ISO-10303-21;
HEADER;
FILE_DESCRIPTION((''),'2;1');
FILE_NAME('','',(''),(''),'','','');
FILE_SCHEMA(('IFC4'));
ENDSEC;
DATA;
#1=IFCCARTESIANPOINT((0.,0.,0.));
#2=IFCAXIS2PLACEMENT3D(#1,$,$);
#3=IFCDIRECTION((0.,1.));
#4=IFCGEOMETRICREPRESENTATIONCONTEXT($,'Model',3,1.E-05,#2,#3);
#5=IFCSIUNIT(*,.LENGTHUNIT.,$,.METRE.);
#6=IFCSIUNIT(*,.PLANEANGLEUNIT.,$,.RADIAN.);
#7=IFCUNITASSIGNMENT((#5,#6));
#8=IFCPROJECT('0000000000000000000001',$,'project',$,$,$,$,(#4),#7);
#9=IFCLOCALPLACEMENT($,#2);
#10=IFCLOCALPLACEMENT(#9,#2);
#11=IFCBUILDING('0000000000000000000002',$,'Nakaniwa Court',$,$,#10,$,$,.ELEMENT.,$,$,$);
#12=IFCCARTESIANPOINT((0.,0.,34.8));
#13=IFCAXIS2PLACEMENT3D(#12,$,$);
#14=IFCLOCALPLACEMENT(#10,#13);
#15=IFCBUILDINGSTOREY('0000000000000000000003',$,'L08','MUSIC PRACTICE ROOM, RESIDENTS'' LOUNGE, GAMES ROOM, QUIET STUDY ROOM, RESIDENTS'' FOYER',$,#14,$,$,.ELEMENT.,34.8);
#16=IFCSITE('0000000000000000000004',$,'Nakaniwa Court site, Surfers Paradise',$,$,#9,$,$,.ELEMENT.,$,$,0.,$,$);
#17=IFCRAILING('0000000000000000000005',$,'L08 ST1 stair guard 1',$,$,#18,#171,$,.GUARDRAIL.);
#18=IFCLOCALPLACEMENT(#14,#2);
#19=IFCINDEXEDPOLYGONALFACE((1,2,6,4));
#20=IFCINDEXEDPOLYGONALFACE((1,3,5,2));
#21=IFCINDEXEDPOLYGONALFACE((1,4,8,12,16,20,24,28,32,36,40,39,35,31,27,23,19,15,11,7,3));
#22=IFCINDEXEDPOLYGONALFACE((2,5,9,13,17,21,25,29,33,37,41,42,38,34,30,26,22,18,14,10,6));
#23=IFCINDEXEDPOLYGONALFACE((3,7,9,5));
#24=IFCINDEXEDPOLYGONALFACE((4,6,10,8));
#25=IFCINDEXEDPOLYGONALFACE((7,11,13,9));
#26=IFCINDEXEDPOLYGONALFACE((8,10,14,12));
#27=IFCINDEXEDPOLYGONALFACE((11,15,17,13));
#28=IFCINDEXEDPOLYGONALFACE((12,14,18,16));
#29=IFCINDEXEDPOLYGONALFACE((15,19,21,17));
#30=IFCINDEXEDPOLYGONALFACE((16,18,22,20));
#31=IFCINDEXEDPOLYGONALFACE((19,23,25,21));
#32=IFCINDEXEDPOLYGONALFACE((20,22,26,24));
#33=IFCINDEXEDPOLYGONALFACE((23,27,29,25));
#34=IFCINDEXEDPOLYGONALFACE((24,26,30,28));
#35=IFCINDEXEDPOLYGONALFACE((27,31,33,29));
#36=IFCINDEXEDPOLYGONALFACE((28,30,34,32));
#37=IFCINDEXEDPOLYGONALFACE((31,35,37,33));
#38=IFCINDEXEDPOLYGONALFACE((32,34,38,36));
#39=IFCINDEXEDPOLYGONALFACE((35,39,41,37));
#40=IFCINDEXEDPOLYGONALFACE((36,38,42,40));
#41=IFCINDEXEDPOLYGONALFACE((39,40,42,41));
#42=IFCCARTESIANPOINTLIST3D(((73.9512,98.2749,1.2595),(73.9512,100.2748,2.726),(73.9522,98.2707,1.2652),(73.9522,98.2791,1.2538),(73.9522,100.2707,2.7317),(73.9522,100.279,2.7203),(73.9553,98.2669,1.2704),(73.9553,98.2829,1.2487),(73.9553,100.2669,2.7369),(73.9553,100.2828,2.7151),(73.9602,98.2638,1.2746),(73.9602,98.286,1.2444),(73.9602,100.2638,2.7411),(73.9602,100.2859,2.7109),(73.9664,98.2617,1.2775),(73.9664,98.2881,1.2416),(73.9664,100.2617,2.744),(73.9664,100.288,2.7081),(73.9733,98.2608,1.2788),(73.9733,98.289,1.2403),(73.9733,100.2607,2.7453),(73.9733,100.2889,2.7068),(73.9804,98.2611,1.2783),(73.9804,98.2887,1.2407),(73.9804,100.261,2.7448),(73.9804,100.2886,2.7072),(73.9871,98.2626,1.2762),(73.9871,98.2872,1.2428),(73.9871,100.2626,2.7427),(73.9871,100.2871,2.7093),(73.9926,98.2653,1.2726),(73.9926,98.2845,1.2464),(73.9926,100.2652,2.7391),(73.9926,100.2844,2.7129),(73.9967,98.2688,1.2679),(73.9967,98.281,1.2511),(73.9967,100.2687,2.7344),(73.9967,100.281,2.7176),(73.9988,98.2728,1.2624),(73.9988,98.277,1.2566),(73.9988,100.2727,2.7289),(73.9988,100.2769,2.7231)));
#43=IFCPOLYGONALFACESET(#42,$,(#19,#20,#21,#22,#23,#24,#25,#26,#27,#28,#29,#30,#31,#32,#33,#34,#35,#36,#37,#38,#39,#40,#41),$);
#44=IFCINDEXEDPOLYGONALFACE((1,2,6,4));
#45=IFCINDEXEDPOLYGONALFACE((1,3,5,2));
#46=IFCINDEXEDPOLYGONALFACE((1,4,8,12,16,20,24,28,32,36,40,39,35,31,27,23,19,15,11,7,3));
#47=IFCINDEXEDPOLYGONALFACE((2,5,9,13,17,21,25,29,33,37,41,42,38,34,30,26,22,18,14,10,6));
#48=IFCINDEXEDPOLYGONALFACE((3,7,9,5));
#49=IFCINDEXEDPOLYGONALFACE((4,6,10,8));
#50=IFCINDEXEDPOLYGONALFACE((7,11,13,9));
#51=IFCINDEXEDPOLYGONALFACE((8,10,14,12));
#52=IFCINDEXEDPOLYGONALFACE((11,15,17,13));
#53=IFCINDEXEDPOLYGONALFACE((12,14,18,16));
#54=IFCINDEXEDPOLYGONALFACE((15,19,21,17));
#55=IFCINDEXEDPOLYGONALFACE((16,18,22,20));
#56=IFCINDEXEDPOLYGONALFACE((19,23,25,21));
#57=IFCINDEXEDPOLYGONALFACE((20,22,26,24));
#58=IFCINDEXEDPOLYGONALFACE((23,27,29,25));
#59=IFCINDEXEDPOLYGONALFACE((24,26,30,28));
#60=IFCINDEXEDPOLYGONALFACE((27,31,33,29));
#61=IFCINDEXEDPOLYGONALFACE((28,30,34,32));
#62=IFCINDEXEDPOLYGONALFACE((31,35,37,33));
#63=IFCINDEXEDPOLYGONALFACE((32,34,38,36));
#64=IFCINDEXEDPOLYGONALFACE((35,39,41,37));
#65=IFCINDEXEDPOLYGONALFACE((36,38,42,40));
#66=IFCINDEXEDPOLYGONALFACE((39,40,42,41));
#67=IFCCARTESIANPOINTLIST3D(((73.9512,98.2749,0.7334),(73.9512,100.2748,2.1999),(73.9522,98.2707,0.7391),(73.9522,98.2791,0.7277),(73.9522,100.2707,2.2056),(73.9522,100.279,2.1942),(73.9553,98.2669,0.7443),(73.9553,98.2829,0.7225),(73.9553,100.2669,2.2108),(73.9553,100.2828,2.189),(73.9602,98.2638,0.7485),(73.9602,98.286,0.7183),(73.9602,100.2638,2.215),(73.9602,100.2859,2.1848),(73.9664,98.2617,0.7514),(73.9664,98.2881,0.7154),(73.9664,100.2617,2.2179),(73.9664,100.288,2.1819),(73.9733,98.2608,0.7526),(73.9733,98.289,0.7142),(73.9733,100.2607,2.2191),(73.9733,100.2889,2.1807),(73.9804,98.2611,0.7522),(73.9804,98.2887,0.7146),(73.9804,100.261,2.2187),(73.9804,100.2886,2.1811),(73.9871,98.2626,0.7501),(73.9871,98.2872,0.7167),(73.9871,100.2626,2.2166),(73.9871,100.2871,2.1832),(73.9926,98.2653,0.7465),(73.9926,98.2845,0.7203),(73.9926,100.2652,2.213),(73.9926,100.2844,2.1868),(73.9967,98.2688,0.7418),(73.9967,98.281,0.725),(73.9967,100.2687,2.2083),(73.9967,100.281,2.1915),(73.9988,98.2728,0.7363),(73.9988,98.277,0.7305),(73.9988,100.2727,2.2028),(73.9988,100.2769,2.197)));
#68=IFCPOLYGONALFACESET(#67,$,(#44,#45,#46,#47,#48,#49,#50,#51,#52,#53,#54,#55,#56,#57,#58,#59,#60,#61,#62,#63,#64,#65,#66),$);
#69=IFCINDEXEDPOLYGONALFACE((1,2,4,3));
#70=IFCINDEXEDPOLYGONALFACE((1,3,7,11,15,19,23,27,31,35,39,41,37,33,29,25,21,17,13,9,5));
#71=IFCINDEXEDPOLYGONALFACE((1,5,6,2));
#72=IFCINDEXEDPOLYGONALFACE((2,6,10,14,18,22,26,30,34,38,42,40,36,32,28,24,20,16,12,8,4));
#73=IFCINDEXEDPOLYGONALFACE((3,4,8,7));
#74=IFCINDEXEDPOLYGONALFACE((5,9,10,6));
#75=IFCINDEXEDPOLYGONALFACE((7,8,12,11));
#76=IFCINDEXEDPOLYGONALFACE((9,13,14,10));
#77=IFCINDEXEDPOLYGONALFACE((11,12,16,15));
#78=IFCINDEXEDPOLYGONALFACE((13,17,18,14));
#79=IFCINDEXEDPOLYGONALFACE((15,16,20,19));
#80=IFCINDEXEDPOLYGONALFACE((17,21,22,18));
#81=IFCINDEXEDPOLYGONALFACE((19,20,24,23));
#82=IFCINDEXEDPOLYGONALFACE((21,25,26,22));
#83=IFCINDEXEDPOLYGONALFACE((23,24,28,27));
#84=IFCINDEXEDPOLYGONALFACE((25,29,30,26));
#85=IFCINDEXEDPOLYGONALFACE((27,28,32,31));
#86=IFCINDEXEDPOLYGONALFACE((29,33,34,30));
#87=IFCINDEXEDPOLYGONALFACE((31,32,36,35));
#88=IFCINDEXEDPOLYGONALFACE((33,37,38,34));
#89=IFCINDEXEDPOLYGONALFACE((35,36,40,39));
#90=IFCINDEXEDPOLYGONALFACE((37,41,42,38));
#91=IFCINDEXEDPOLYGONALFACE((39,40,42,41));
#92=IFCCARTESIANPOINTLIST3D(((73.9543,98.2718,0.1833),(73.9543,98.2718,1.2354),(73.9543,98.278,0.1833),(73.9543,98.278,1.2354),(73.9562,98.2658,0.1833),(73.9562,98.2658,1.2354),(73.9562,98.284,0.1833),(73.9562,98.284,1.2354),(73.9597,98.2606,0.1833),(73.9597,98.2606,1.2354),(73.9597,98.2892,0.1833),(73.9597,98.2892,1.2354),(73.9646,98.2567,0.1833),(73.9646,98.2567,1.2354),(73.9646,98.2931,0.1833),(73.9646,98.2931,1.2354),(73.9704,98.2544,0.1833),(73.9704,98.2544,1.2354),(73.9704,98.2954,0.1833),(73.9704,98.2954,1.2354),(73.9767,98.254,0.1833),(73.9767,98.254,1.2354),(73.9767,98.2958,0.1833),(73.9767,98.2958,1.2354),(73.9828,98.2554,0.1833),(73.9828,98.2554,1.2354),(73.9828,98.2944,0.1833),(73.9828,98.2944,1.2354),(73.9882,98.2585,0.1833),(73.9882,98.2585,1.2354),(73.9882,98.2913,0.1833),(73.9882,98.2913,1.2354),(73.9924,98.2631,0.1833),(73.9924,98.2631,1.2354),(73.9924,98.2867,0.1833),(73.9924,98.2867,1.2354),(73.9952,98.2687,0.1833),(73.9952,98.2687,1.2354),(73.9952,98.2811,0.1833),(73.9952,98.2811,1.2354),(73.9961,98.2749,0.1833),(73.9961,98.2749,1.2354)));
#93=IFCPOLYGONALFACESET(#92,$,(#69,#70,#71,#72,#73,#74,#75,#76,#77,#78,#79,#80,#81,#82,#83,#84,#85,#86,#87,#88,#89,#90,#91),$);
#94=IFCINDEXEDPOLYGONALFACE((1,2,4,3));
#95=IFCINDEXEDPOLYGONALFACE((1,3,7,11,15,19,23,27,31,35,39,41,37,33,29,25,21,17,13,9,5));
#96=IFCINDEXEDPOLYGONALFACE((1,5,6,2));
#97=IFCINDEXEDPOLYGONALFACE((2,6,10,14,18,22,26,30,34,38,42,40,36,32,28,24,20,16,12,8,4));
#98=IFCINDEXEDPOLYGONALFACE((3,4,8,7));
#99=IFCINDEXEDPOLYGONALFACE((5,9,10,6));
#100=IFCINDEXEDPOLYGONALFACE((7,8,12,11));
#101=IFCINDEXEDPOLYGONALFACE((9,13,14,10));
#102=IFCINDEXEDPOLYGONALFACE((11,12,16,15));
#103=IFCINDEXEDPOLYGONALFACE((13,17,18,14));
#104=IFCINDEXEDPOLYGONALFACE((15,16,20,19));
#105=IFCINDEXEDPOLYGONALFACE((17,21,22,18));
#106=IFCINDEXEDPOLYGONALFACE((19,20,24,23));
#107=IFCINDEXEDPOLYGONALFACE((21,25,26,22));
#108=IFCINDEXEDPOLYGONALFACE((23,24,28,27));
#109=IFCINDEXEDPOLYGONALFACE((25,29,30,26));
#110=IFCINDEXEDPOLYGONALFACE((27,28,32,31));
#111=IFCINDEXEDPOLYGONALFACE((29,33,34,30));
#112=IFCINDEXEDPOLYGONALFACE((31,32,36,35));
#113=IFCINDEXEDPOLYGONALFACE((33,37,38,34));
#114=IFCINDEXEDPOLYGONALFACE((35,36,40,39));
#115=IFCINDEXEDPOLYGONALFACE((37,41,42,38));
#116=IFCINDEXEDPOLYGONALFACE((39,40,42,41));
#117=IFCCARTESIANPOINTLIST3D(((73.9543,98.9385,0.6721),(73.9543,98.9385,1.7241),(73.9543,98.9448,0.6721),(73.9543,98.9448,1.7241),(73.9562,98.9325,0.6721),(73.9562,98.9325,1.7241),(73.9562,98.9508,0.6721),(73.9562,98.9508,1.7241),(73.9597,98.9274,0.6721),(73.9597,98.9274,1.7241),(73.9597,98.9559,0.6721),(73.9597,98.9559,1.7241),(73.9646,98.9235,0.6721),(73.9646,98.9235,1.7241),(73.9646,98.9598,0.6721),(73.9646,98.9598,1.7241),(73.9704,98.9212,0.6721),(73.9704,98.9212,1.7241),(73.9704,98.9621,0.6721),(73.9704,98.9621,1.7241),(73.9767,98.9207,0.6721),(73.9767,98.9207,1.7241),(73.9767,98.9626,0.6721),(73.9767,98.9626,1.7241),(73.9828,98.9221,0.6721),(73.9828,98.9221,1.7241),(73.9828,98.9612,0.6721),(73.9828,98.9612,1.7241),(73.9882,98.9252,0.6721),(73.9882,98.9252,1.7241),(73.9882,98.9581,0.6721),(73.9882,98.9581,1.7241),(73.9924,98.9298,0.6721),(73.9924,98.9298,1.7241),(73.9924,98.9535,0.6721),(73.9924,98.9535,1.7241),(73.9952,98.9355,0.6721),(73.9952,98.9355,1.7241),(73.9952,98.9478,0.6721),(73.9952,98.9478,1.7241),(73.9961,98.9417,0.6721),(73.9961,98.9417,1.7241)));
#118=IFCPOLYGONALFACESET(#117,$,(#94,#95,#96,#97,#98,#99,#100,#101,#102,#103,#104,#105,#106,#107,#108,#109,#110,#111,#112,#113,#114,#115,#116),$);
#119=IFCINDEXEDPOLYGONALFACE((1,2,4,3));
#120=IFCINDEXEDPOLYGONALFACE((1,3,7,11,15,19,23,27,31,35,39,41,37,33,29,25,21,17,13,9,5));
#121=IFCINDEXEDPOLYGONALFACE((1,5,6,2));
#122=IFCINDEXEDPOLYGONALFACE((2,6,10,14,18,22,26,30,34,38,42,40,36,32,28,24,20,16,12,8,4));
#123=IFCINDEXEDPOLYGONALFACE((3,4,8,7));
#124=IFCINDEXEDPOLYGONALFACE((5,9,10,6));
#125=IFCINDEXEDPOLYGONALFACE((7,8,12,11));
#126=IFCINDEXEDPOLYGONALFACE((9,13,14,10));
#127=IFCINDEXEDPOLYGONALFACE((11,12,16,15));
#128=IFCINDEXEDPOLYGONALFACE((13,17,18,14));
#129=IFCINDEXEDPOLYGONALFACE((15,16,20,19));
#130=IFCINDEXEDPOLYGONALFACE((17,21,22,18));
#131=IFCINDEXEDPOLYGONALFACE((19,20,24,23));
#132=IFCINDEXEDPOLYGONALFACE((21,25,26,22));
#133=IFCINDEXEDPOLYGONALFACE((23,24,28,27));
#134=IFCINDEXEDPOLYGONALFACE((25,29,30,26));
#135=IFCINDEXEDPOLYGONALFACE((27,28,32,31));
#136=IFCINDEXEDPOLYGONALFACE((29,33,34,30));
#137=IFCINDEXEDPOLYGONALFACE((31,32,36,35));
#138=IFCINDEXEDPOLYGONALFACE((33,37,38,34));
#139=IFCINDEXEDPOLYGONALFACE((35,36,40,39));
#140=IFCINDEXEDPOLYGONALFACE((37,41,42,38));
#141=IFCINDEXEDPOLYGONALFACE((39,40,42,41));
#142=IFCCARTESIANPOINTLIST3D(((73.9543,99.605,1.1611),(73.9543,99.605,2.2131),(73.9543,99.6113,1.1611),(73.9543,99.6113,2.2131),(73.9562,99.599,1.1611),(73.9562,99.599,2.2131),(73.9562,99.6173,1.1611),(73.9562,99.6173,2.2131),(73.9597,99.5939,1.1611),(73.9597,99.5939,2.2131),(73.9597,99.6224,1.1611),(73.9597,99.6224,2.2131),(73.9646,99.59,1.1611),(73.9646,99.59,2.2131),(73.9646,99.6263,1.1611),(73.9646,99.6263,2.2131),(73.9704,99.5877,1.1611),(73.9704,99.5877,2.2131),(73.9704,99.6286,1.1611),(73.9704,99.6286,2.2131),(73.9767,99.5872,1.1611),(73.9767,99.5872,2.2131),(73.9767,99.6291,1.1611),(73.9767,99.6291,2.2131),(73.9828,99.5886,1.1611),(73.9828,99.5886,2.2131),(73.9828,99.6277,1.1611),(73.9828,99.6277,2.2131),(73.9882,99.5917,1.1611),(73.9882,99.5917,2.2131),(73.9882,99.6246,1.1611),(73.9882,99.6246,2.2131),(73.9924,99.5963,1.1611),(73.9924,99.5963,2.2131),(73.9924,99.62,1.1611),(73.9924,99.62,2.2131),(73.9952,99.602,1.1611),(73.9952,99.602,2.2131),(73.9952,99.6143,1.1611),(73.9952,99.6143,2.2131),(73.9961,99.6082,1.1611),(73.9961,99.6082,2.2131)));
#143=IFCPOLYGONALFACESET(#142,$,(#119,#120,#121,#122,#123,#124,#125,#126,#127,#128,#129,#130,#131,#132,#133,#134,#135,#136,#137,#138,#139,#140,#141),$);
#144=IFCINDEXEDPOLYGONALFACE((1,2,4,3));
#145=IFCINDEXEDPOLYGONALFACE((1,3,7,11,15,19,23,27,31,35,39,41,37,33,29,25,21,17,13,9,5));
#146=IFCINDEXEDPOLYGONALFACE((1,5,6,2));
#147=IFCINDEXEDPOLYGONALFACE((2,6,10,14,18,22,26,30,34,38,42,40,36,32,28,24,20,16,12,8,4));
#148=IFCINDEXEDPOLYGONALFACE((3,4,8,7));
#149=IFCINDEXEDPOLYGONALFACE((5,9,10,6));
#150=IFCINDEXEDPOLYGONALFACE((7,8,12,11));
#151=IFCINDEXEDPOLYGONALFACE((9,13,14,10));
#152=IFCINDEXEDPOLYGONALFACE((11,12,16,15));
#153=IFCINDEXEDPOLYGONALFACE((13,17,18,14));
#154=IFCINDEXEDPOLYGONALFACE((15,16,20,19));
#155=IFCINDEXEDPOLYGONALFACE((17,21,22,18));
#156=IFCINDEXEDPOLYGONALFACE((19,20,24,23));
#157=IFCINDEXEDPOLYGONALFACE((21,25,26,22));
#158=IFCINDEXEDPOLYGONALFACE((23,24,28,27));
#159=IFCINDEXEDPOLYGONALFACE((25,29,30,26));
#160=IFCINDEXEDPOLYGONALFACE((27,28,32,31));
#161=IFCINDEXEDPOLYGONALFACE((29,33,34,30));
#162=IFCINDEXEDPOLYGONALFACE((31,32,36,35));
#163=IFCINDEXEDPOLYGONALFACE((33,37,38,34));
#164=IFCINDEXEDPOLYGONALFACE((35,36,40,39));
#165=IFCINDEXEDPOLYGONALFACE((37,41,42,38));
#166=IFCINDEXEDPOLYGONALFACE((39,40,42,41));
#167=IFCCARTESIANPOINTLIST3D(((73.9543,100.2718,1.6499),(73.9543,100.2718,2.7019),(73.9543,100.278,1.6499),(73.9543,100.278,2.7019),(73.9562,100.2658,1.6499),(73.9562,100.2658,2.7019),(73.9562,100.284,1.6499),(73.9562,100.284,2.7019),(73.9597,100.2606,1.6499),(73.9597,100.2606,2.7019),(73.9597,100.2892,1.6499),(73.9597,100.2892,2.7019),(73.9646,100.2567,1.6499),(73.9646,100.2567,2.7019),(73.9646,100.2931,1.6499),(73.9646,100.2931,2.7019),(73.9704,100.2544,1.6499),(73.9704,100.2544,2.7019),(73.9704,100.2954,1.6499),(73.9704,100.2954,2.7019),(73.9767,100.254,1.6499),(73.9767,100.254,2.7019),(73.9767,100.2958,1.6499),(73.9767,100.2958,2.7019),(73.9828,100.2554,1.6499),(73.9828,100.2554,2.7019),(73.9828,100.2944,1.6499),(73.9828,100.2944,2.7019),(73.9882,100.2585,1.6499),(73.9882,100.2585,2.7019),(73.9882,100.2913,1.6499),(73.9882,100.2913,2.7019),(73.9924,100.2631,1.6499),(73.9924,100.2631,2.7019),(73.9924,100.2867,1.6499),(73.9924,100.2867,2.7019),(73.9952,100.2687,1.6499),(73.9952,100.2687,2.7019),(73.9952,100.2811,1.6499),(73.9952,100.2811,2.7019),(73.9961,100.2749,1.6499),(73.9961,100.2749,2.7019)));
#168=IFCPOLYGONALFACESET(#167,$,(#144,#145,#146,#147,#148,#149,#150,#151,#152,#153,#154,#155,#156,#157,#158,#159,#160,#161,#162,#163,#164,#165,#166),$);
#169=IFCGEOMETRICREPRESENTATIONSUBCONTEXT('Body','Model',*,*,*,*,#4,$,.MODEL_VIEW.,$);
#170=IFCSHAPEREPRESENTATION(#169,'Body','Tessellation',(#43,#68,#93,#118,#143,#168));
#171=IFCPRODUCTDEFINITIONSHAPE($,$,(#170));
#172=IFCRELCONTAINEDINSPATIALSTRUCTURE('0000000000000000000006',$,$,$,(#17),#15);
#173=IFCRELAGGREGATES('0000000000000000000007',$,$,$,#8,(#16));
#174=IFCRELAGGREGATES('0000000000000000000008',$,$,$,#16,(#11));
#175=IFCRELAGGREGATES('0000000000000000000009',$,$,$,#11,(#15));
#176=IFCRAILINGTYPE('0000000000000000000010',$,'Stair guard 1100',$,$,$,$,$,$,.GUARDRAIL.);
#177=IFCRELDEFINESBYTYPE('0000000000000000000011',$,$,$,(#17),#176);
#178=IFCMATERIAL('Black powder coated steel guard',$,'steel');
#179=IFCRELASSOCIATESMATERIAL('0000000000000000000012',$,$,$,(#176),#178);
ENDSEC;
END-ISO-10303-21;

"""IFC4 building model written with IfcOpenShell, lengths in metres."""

from ifc_helpers import new_model, si_unit, direction, frame, origin, origin_2d, place, context, subcontext, project, spatial, circle, extrude, material, type_object, element, save


model = new_model("IFC4")

# Units and contexts
model_context = context("Model", 3, precision=1e-05, world=origin(), true_north=direction((0.0, 1.0)))
body_context = subcontext(model_context, "Body", "Model", "MODEL_VIEW")
ifc_project = project(units=[si_unit("LENGTHUNIT", "METRE"), si_unit("PLANEANGLEUNIT", "RADIAN")], contexts=[model_context])

# Site, building, storey
site_placement = place(None, origin())
site = spatial("IfcSite", under=ifc_project, at=site_placement, Name="Nakaniwa Court site, Surfers Paradise", CompositionType="ELEMENT", RefElevation=0.0)
building_placement = place(site_placement, origin())
building = spatial("IfcBuilding", under=site, at=building_placement, Name="Nakaniwa Court", CompositionType="ELEMENT")
storey_placement = place(building_placement, frame((0.0, 0.0, 34.8)))
storey = spatial("IfcBuildingStorey", under=building, at=storey_placement, Name="L08", Description="MUSIC PRACTICE ROOM, RESIDENTS' LOUNGE, GAMES ROOM, QUIET STUDY ROOM, RESIDENTS' FOYER", CompositionType="ELEMENT", Elevation=34.8)

# Railing
ifc_material_1 = material(Name="Black powder coated steel guard", Category="steel")
railing_type_1 = type_object("IfcRailingType", Name="Stair guard 1100", PredefinedType="GUARDRAIL", material=ifc_material_1)
railing_1_placement = place(storey_placement, frame((73.9751, 98.2749, 0.1833)))
element("IfcRailing", 1, at=railing_1_placement, inside=storey, type_object=railing_type_1, Name="L08 ST1 stair guard 1", PredefinedType="GUARDRAIL", context=body_context, shape_type="SweptSolid", body=[
    extrude(circle(Radius=0.0239, at=origin_2d()), frame((0.0, 0.0, 1.0762), z_axis=(0.0, 0.806427, 0.591334), x_axis=(-1.0, 0.0, 0.0)), (0.0, 0.0, 1.0), 2.48),
    extrude(circle(Radius=0.0239, at=origin_2d()), frame((0.0, 0.0, 0.55), z_axis=(0.0, 0.806427, 0.591334), x_axis=(-1.0, 0.0, 0.0)), (0.0, 0.0, 1.0), 2.48),
    extrude(circle(Radius=0.021, at=origin_2d()), origin(), (0.0, 0.0, 1.0), 1.052),
    extrude(circle(Radius=0.021, at=origin_2d()), frame((0.0, 0.6667, 0.4888)), (0.0, 0.0, 1.0), 1.052),
    extrude(circle(Radius=0.021, at=origin_2d()), frame((0.0, 1.3333, 0.9778)), (0.0, 0.0, 1.0), 1.052),
    extrude(circle(Radius=0.021, at=origin_2d()), frame((0.0, 2.0, 1.4666)), (0.0, 0.0, 1.0), 1.052),
])

save(model, "model.ifc")
